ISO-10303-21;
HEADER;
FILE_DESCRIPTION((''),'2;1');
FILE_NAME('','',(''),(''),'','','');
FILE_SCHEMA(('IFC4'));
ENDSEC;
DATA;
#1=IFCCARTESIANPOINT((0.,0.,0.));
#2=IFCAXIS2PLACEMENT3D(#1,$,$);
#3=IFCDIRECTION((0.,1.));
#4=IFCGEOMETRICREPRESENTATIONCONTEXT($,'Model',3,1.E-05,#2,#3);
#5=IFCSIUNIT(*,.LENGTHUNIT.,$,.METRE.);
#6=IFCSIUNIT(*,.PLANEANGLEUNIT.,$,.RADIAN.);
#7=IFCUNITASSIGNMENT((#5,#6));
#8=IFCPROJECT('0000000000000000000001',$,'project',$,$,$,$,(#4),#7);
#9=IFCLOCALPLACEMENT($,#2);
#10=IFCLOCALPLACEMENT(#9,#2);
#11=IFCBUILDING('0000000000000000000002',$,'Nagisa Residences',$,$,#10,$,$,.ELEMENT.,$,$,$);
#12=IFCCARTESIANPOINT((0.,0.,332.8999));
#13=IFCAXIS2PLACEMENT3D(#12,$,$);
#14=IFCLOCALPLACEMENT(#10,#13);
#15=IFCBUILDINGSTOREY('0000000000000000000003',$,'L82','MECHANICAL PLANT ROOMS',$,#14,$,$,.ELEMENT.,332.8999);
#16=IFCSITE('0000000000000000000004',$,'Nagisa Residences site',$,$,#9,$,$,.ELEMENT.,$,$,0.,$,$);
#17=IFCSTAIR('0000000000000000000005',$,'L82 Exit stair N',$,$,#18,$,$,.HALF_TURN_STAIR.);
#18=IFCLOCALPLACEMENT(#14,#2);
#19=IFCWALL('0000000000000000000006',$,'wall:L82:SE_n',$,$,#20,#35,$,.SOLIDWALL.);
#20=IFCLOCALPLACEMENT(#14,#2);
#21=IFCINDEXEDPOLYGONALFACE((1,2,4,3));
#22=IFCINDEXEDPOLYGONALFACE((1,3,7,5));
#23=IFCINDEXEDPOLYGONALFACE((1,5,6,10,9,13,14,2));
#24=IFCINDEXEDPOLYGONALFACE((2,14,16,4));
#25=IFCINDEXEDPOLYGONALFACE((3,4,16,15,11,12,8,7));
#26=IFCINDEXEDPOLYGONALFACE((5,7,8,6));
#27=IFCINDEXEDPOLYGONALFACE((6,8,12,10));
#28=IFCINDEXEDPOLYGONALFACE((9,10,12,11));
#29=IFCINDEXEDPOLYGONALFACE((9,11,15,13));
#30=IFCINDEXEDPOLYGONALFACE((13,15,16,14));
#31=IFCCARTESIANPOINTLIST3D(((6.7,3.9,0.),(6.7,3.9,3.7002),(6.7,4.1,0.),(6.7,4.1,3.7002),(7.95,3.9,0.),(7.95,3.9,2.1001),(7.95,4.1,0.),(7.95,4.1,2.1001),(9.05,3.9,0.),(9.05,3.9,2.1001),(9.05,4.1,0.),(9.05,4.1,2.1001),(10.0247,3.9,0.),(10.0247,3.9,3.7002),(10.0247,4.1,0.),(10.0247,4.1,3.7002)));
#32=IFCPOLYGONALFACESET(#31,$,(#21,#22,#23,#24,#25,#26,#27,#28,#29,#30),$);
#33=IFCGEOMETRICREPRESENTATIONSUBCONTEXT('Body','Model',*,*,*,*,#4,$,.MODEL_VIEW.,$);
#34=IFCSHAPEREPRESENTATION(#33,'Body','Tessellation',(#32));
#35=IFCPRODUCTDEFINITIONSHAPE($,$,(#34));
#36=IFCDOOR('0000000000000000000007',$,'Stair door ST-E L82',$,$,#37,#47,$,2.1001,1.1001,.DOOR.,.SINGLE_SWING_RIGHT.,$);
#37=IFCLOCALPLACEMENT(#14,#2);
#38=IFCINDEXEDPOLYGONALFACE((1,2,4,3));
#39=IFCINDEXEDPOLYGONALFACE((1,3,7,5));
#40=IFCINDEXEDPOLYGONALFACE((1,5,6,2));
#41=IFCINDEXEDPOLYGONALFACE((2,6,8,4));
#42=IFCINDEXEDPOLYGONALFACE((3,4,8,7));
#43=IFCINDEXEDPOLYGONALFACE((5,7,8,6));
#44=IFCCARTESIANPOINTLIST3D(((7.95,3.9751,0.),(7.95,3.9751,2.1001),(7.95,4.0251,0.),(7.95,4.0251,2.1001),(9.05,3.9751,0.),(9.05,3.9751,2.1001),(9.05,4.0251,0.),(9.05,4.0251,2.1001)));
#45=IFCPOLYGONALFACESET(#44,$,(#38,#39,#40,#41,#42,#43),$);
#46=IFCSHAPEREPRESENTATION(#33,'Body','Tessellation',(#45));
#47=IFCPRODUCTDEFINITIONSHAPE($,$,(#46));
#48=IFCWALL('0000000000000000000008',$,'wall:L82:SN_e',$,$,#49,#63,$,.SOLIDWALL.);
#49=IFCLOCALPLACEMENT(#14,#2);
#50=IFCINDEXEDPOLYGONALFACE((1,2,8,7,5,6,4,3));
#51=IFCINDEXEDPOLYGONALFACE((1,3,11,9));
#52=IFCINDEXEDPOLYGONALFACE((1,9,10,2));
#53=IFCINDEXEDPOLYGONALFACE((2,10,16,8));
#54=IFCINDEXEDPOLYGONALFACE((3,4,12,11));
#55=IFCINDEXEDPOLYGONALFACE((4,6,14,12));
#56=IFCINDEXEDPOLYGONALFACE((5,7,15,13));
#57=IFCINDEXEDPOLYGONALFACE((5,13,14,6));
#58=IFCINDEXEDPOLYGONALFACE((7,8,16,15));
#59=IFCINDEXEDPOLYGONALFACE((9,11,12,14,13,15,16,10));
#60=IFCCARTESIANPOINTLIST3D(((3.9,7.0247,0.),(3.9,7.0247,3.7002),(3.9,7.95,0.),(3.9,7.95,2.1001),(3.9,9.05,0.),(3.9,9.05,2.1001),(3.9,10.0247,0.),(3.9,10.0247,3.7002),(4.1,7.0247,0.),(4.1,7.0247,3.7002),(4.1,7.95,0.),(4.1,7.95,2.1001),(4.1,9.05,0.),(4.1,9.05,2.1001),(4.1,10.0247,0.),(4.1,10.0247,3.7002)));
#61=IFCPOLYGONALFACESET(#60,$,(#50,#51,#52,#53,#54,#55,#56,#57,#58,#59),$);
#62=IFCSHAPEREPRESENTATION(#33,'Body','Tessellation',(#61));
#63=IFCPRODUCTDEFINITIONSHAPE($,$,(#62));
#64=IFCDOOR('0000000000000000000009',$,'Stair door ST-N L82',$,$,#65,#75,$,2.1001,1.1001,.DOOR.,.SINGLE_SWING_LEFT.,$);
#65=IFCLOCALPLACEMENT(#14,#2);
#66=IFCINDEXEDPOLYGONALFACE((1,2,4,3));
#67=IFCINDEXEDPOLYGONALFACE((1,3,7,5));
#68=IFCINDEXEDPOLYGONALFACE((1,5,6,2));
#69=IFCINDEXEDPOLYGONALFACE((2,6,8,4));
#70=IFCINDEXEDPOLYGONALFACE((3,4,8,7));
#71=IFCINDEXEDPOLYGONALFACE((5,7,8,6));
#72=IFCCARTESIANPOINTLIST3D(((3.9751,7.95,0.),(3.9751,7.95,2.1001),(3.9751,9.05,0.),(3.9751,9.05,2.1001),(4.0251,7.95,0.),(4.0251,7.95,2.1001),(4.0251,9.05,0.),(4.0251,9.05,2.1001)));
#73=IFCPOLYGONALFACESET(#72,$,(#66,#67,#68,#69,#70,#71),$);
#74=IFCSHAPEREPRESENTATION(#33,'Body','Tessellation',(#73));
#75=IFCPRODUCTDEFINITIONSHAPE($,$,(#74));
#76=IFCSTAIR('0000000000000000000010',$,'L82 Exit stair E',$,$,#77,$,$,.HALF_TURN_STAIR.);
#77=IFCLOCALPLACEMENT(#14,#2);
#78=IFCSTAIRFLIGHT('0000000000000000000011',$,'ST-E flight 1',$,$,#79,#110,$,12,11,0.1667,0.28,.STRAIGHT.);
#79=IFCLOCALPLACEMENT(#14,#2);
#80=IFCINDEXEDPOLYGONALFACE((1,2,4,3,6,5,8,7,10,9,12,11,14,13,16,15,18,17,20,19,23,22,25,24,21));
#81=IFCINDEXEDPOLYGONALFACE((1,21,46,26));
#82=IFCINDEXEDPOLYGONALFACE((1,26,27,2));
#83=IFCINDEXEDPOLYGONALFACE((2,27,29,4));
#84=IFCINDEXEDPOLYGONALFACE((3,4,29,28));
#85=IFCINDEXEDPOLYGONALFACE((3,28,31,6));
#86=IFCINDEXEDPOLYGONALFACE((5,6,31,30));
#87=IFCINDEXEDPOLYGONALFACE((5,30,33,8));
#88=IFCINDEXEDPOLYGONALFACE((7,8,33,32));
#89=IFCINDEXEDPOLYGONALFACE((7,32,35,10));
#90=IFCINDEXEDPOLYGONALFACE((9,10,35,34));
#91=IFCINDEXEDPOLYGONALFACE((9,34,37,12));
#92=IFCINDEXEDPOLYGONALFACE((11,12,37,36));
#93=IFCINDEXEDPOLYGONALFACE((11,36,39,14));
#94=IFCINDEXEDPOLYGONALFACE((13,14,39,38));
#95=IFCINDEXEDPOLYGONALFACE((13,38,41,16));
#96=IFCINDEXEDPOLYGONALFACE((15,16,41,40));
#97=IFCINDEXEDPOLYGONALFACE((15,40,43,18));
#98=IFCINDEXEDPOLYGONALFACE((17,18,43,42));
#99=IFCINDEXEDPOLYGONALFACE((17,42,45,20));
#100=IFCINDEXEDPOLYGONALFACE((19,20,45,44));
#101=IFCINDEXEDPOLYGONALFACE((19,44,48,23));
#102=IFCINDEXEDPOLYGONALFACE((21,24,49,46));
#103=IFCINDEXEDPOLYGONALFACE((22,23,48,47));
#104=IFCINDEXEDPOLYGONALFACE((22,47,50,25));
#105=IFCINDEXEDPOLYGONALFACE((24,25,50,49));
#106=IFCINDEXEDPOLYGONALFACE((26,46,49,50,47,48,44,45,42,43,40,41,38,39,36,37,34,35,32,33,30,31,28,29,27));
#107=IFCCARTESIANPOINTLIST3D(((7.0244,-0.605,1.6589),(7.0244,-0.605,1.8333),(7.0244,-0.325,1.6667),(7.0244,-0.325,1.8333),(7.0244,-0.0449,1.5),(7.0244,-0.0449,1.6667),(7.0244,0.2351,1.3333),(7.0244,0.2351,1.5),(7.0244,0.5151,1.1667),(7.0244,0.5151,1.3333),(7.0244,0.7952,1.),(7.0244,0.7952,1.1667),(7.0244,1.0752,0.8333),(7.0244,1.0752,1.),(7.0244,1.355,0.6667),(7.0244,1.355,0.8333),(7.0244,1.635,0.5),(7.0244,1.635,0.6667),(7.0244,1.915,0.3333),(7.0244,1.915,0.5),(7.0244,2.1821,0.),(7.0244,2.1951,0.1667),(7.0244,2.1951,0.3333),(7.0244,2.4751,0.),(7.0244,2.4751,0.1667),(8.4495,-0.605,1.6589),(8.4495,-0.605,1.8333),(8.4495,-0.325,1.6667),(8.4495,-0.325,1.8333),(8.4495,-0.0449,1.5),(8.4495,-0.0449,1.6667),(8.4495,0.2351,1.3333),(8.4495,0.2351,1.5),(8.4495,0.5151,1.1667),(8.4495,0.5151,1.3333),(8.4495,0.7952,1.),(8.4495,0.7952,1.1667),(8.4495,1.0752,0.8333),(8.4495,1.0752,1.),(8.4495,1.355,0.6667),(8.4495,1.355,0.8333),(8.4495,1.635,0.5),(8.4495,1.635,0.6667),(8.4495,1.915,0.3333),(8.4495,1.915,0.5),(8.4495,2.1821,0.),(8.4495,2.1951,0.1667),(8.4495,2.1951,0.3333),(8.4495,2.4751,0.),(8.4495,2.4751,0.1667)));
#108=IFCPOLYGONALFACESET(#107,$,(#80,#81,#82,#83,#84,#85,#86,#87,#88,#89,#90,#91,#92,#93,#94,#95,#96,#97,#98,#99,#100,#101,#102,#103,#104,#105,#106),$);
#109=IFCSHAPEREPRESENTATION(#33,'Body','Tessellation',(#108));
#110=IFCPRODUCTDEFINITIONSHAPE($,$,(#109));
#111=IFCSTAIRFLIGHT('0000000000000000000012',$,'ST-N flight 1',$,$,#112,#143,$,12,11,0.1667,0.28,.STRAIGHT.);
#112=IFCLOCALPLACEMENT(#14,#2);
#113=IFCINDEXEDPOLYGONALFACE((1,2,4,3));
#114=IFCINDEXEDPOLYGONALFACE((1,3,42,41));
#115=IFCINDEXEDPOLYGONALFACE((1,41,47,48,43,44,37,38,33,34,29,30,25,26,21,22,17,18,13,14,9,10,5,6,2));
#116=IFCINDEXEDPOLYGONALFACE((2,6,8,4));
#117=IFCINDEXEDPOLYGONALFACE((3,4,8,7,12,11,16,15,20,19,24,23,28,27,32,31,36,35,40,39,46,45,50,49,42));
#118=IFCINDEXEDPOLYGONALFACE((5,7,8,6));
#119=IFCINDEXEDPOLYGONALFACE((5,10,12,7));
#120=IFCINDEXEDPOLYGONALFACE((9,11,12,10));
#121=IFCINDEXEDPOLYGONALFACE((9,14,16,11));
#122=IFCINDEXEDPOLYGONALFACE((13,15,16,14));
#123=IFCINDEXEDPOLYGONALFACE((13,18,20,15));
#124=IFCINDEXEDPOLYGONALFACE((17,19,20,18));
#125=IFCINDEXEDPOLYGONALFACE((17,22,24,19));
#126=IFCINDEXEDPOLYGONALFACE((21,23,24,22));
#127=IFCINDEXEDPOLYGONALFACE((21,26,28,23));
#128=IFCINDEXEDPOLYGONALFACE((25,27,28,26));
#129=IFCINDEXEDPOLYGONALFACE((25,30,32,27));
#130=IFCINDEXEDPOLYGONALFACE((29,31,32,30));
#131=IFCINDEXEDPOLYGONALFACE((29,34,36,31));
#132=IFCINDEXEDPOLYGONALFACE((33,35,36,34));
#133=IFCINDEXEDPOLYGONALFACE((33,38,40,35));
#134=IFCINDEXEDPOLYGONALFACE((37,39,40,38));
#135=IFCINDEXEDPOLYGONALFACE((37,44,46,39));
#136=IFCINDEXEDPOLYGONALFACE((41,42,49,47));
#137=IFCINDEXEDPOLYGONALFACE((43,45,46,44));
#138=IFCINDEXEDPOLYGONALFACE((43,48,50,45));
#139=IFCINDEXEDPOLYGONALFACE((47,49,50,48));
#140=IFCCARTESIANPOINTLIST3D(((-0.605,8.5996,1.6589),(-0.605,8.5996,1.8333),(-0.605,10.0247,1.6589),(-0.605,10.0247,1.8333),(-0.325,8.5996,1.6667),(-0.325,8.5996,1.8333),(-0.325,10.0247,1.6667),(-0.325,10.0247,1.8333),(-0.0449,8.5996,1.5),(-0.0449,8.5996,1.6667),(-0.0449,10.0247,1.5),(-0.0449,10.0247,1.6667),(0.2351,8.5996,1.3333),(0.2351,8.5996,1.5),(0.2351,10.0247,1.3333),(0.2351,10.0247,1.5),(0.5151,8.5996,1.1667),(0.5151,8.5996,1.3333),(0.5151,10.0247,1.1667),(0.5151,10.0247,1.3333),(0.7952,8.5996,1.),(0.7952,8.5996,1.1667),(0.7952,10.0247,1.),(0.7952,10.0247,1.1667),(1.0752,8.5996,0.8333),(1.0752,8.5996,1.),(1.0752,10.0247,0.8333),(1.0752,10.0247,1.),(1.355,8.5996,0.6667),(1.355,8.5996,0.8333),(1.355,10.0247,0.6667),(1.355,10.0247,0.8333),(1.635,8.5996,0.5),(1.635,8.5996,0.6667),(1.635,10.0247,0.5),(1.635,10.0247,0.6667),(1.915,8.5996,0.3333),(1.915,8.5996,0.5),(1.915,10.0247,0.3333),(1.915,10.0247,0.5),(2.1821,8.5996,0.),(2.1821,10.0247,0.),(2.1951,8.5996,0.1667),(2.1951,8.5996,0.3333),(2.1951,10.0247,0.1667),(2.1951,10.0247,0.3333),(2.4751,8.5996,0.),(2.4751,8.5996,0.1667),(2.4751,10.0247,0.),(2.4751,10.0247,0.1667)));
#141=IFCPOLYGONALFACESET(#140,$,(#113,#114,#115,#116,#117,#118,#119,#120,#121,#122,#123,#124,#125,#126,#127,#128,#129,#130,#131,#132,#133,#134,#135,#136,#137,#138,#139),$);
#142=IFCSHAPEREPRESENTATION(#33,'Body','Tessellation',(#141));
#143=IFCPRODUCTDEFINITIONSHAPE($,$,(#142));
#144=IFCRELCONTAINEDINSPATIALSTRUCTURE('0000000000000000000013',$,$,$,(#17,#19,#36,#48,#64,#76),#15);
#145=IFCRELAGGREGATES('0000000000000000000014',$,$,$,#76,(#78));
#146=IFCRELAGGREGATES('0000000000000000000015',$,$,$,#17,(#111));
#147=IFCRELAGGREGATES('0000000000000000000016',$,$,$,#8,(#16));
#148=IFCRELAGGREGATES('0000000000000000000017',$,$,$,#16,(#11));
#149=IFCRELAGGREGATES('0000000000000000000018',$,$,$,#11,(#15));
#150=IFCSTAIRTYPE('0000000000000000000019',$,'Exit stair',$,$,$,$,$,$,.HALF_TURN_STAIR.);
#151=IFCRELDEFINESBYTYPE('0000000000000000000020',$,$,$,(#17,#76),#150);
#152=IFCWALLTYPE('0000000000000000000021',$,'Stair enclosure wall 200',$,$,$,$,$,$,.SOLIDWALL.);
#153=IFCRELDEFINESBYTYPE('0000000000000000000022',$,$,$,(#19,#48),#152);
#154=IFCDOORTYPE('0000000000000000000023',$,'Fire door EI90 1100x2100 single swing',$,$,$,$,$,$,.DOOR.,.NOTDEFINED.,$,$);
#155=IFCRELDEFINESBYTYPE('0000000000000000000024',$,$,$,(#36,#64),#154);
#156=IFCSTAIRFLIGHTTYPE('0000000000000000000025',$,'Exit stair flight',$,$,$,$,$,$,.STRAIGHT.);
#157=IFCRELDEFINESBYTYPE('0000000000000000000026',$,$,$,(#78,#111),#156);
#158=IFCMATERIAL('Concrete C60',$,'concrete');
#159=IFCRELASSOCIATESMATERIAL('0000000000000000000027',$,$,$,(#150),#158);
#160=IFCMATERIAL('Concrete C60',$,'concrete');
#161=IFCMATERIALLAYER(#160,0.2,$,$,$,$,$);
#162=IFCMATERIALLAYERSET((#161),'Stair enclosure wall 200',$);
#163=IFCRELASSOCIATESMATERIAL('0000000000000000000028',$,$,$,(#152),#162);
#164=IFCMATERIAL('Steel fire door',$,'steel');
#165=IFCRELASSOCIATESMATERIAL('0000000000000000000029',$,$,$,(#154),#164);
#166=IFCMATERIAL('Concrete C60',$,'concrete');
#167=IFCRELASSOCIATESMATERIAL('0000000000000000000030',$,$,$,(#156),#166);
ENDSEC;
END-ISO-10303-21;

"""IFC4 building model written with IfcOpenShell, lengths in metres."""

from ifc_helpers import new_model, si_unit, direction, frame, frame_2d, origin, place, context, subcontext, project, spatial, polyline, rectangle, outline, extrude, material, layer, layer_set, type_object, element, fill, aggregate, save


model = new_model("IFC4")

# Units and contexts
model_context = context("Model", 3, precision=1e-05, world=origin(), true_north=direction((0.0, 1.0)))
body_context = subcontext(model_context, "Body", "Model", "MODEL_VIEW")
ifc_project = project(units=[si_unit("LENGTHUNIT", "METRE"), si_unit("PLANEANGLEUNIT", "RADIAN")], contexts=[model_context])

# Site, building, storey
site_placement = place(None, origin())
site = spatial("IfcSite", under=ifc_project, at=site_placement, Name="Nagisa Residences site", CompositionType="ELEMENT", RefElevation=0.0)
building_placement = place(site_placement, origin())
building = spatial("IfcBuilding", under=site, at=building_placement, Name="Nagisa Residences", CompositionType="ELEMENT")
storey_placement = place(building_placement, frame((0.0, 0.0, 332.8999)))
storey = spatial("IfcBuildingStorey", under=building, at=storey_placement, Name="L82", Description="MECHANICAL PLANT ROOMS", CompositionType="ELEMENT", Elevation=332.8999)

# Stair
ifc_material_1 = material(Name="Concrete C60", Category="concrete")
stair_type = type_object("IfcStairType", Name="Exit stair", PredefinedType="HALF_TURN_STAIR", material=ifc_material_1)
stair_1_placement = place(storey_placement, origin())
stair_1 = element("IfcStair", 1, at=stair_1_placement, inside=storey, type_object=stair_type, Name="L82 Exit stair N", PredefinedType="HALF_TURN_STAIR")

# Walls, openings, doors
ifc_material_2 = material(Name="Concrete C60", Category="concrete")
ifc_layer_1 = layer(ifc_material_2, 0.2)
ifc_layer_set_1 = layer_set([ifc_layer_1], Name="Stair enclosure wall 200")
wall_type_1 = type_object("IfcWallType", Name="Stair enclosure wall 200", PredefinedType="SOLIDWALL", material=ifc_layer_set_1)
wall_1_placement = place(storey_placement, frame((6.7, 4.0, 0.0), z_axis=(0.0, 0.0, 1.0), x_axis=(1.0, 0.0, 0.0)))
wall_1 = element("IfcWall", 2, at=wall_1_placement, inside=storey, type_object=wall_type_1, Name="wall:L82:SE_n", PredefinedType="SOLIDWALL", context=body_context, shape_type="SweptSolid", body=[
    extrude(rectangle(XDim=3.3247, YDim=0.2, at=frame_2d((1.6624, 0.0))), origin(), (0.0, 0.0, 1.0), 3.7002),
])
opening_1_placement = place(wall_1_placement, frame((1.25, 0.0, 0.0)))
opening_1 = element("IfcOpeningElement", 3, at=opening_1_placement, cuts=wall_1, PredefinedType="OPENING", context=body_context, shape_type="SweptSolid", body=[
    extrude(rectangle(XDim=1.1001, YDim=2.1001, at=frame_2d((0.55, 1.05))), frame((0.0, 0.1099, 0.0), z_axis=(0.0, -1.0, 0.0), x_axis=(1.0, 0.0, 0.0)), (0.0, 0.0, 1.0), 0.22),
])
ifc_material_3 = material(Name="Steel fire door", Category="steel")
door_type_1 = type_object("IfcDoorType", Name="Fire door EI90 1100x2100 single swing", OperationType="NOTDEFINED", PredefinedType="DOOR", material=ifc_material_3)
door_1_placement = place(opening_1_placement, frame((1.1001, 0.0, 0.0), x_axis=(-1.0, 0.0, 0.0)))
door_1 = element("IfcDoor", 4, at=door_1_placement, inside=storey, type_object=door_type_1, Name="Stair door ST-E L82", OperationType="SINGLE_SWING_RIGHT", OverallHeight=2.1001, OverallWidth=1.1001, PredefinedType="DOOR", context=body_context, shape_type="SweptSolid", body=[
    extrude(rectangle(XDim=1.1001, YDim=2.1001, at=frame_2d((0.55, 1.05))), frame((0.0, 0.0249, 0.0), z_axis=(0.0, -1.0, 0.0), x_axis=(1.0, 0.0, 0.0)), (0.0, 0.0, 1.0), 0.05),
])
fill(opening_1, door_1)
wall_2_placement = place(storey_placement, frame((4.0, 7.0247, 0.0), z_axis=(0.0, 0.0, 1.0), x_axis=(0.0, 1.0, 0.0)))
wall_2 = element("IfcWall", 5, at=wall_2_placement, inside=storey, type_object=wall_type_1, Name="wall:L82:SN_e", PredefinedType="SOLIDWALL", context=body_context, shape_type="SweptSolid", body=[
    extrude(rectangle(XDim=3.0, YDim=0.2, at=frame_2d((1.5, 0.0))), origin(), (0.0, 0.0, 1.0), 3.7002),
])
opening_2_placement = place(wall_2_placement, frame((0.9253, 0.0, 0.0)))
opening_2 = element("IfcOpeningElement", 6, at=opening_2_placement, cuts=wall_2, PredefinedType="OPENING", context=body_context, shape_type="SweptSolid", body=[
    extrude(rectangle(XDim=1.1001, YDim=2.1001, at=frame_2d((0.55, 1.05))), frame((0.0, 0.1099, 0.0), z_axis=(0.0, -1.0, 0.0), x_axis=(1.0, 0.0, 0.0)), (0.0, 0.0, 1.0), 0.22),
])
door_2_placement = place(opening_2_placement, origin())
door_2 = element("IfcDoor", 7, at=door_2_placement, inside=storey, type_object=door_type_1, Name="Stair door ST-N L82", OperationType="SINGLE_SWING_LEFT", OverallHeight=2.1001, OverallWidth=1.1001, PredefinedType="DOOR", context=body_context, shape_type="SweptSolid", body=[
    extrude(rectangle(XDim=1.1001, YDim=2.1001, at=frame_2d((0.55, 1.05))), frame((0.0, 0.0249, 0.0), z_axis=(0.0, -1.0, 0.0), x_axis=(1.0, 0.0, 0.0)), (0.0, 0.0, 1.0), 0.05),
])
fill(opening_2, door_2)

# Stair, stair flight
stair_2_placement = place(storey_placement, origin())
stair_2 = element("IfcStair", 8, at=stair_2_placement, inside=storey, type_object=stair_type, Name="L82 Exit stair E", PredefinedType="HALF_TURN_STAIR")
ifc_material_4 = material(Name="Concrete C60", Category="concrete")
stair_flight_type = type_object("IfcStairFlightType", Name="Exit stair flight", PredefinedType="STRAIGHT", material=ifc_material_4)
stair_flight_1_placement = place(storey_placement, frame((7.7371, 2.4751, 0.0), z_axis=(0.0, 0.0, 1.0), x_axis=(0.0, -1.0, 0.0)))
stair_flight_1 = element("IfcStairFlight", 9, at=stair_flight_1_placement, type_object=stair_flight_type, Name="ST-E flight 1", NumberOfRisers=12, NumberOfTreads=11, PredefinedType="STRAIGHT", RiserHeight=0.1667, TreadLength=0.28, context=body_context, shape_type="SweptSolid", body=[
    extrude(outline(polyline([(0.0, 0.0), (0.0, 0.1667), (0.28, 0.1667), (0.28, 0.3333), (0.5601, 0.3333), (0.5601, 0.5), (0.8401, 0.5), (0.8401, 0.6667), (1.1201, 0.6667), (1.1201, 0.8333), (1.3999, 0.8333), (1.3999, 1.0), (1.6799, 1.0), (1.6799, 1.1667), (1.96, 1.1667), (1.96, 1.3333), (2.24, 1.3333), (2.24, 1.5), (2.52, 1.5), (2.52, 1.6667), (2.8, 1.6667), (2.8, 1.8333), (3.0801, 1.8333), (3.0801, 2.0), (3.0801, 1.6589), (0.293, 0.0), (0.0, 0.0)])), frame((0.0, 0.7124, 0.0), z_axis=(0.0, -1.0, 0.0), x_axis=(1.0, 0.0, 0.0)), (0.0, 0.0, 1.0), 1.425),
])
aggregate(stair_2, [stair_flight_1])

# Stair flight
stair_flight_2_placement = place(storey_placement, frame((2.4751, 9.312, 0.0), z_axis=(0.0, 0.0, 1.0), x_axis=(-1.0, 0.0, 0.0)))
stair_flight_2 = element("IfcStairFlight", 10, at=stair_flight_2_placement, type_object=stair_flight_type, Name="ST-N flight 1", NumberOfRisers=12, NumberOfTreads=11, PredefinedType="STRAIGHT", RiserHeight=0.1667, TreadLength=0.28, context=body_context, shape_type="SweptSolid", body=[
    extrude(outline(polyline([(0.0, 0.0), (0.0, 0.1667), (0.28, 0.1667), (0.28, 0.3333), (0.5601, 0.3333), (0.5601, 0.5), (0.8401, 0.5), (0.8401, 0.6667), (1.1201, 0.6667), (1.1201, 0.8333), (1.3999, 0.8333), (1.3999, 1.0), (1.6799, 1.0), (1.6799, 1.1667), (1.96, 1.1667), (1.96, 1.3333), (2.24, 1.3333), (2.24, 1.5), (2.52, 1.5), (2.52, 1.6667), (2.8, 1.6667), (2.8, 1.8333), (3.0801, 1.8333), (3.0801, 2.0), (3.0801, 1.6589), (0.293, 0.0), (0.0, 0.0)])), frame((0.0, 0.7124, 0.0), z_axis=(0.0, -1.0, 0.0), x_axis=(1.0, 0.0, 0.0)), (0.0, 0.0, 1.0), 1.425),
])
aggregate(stair_1, [stair_flight_2])

save(model, "model.ifc")
